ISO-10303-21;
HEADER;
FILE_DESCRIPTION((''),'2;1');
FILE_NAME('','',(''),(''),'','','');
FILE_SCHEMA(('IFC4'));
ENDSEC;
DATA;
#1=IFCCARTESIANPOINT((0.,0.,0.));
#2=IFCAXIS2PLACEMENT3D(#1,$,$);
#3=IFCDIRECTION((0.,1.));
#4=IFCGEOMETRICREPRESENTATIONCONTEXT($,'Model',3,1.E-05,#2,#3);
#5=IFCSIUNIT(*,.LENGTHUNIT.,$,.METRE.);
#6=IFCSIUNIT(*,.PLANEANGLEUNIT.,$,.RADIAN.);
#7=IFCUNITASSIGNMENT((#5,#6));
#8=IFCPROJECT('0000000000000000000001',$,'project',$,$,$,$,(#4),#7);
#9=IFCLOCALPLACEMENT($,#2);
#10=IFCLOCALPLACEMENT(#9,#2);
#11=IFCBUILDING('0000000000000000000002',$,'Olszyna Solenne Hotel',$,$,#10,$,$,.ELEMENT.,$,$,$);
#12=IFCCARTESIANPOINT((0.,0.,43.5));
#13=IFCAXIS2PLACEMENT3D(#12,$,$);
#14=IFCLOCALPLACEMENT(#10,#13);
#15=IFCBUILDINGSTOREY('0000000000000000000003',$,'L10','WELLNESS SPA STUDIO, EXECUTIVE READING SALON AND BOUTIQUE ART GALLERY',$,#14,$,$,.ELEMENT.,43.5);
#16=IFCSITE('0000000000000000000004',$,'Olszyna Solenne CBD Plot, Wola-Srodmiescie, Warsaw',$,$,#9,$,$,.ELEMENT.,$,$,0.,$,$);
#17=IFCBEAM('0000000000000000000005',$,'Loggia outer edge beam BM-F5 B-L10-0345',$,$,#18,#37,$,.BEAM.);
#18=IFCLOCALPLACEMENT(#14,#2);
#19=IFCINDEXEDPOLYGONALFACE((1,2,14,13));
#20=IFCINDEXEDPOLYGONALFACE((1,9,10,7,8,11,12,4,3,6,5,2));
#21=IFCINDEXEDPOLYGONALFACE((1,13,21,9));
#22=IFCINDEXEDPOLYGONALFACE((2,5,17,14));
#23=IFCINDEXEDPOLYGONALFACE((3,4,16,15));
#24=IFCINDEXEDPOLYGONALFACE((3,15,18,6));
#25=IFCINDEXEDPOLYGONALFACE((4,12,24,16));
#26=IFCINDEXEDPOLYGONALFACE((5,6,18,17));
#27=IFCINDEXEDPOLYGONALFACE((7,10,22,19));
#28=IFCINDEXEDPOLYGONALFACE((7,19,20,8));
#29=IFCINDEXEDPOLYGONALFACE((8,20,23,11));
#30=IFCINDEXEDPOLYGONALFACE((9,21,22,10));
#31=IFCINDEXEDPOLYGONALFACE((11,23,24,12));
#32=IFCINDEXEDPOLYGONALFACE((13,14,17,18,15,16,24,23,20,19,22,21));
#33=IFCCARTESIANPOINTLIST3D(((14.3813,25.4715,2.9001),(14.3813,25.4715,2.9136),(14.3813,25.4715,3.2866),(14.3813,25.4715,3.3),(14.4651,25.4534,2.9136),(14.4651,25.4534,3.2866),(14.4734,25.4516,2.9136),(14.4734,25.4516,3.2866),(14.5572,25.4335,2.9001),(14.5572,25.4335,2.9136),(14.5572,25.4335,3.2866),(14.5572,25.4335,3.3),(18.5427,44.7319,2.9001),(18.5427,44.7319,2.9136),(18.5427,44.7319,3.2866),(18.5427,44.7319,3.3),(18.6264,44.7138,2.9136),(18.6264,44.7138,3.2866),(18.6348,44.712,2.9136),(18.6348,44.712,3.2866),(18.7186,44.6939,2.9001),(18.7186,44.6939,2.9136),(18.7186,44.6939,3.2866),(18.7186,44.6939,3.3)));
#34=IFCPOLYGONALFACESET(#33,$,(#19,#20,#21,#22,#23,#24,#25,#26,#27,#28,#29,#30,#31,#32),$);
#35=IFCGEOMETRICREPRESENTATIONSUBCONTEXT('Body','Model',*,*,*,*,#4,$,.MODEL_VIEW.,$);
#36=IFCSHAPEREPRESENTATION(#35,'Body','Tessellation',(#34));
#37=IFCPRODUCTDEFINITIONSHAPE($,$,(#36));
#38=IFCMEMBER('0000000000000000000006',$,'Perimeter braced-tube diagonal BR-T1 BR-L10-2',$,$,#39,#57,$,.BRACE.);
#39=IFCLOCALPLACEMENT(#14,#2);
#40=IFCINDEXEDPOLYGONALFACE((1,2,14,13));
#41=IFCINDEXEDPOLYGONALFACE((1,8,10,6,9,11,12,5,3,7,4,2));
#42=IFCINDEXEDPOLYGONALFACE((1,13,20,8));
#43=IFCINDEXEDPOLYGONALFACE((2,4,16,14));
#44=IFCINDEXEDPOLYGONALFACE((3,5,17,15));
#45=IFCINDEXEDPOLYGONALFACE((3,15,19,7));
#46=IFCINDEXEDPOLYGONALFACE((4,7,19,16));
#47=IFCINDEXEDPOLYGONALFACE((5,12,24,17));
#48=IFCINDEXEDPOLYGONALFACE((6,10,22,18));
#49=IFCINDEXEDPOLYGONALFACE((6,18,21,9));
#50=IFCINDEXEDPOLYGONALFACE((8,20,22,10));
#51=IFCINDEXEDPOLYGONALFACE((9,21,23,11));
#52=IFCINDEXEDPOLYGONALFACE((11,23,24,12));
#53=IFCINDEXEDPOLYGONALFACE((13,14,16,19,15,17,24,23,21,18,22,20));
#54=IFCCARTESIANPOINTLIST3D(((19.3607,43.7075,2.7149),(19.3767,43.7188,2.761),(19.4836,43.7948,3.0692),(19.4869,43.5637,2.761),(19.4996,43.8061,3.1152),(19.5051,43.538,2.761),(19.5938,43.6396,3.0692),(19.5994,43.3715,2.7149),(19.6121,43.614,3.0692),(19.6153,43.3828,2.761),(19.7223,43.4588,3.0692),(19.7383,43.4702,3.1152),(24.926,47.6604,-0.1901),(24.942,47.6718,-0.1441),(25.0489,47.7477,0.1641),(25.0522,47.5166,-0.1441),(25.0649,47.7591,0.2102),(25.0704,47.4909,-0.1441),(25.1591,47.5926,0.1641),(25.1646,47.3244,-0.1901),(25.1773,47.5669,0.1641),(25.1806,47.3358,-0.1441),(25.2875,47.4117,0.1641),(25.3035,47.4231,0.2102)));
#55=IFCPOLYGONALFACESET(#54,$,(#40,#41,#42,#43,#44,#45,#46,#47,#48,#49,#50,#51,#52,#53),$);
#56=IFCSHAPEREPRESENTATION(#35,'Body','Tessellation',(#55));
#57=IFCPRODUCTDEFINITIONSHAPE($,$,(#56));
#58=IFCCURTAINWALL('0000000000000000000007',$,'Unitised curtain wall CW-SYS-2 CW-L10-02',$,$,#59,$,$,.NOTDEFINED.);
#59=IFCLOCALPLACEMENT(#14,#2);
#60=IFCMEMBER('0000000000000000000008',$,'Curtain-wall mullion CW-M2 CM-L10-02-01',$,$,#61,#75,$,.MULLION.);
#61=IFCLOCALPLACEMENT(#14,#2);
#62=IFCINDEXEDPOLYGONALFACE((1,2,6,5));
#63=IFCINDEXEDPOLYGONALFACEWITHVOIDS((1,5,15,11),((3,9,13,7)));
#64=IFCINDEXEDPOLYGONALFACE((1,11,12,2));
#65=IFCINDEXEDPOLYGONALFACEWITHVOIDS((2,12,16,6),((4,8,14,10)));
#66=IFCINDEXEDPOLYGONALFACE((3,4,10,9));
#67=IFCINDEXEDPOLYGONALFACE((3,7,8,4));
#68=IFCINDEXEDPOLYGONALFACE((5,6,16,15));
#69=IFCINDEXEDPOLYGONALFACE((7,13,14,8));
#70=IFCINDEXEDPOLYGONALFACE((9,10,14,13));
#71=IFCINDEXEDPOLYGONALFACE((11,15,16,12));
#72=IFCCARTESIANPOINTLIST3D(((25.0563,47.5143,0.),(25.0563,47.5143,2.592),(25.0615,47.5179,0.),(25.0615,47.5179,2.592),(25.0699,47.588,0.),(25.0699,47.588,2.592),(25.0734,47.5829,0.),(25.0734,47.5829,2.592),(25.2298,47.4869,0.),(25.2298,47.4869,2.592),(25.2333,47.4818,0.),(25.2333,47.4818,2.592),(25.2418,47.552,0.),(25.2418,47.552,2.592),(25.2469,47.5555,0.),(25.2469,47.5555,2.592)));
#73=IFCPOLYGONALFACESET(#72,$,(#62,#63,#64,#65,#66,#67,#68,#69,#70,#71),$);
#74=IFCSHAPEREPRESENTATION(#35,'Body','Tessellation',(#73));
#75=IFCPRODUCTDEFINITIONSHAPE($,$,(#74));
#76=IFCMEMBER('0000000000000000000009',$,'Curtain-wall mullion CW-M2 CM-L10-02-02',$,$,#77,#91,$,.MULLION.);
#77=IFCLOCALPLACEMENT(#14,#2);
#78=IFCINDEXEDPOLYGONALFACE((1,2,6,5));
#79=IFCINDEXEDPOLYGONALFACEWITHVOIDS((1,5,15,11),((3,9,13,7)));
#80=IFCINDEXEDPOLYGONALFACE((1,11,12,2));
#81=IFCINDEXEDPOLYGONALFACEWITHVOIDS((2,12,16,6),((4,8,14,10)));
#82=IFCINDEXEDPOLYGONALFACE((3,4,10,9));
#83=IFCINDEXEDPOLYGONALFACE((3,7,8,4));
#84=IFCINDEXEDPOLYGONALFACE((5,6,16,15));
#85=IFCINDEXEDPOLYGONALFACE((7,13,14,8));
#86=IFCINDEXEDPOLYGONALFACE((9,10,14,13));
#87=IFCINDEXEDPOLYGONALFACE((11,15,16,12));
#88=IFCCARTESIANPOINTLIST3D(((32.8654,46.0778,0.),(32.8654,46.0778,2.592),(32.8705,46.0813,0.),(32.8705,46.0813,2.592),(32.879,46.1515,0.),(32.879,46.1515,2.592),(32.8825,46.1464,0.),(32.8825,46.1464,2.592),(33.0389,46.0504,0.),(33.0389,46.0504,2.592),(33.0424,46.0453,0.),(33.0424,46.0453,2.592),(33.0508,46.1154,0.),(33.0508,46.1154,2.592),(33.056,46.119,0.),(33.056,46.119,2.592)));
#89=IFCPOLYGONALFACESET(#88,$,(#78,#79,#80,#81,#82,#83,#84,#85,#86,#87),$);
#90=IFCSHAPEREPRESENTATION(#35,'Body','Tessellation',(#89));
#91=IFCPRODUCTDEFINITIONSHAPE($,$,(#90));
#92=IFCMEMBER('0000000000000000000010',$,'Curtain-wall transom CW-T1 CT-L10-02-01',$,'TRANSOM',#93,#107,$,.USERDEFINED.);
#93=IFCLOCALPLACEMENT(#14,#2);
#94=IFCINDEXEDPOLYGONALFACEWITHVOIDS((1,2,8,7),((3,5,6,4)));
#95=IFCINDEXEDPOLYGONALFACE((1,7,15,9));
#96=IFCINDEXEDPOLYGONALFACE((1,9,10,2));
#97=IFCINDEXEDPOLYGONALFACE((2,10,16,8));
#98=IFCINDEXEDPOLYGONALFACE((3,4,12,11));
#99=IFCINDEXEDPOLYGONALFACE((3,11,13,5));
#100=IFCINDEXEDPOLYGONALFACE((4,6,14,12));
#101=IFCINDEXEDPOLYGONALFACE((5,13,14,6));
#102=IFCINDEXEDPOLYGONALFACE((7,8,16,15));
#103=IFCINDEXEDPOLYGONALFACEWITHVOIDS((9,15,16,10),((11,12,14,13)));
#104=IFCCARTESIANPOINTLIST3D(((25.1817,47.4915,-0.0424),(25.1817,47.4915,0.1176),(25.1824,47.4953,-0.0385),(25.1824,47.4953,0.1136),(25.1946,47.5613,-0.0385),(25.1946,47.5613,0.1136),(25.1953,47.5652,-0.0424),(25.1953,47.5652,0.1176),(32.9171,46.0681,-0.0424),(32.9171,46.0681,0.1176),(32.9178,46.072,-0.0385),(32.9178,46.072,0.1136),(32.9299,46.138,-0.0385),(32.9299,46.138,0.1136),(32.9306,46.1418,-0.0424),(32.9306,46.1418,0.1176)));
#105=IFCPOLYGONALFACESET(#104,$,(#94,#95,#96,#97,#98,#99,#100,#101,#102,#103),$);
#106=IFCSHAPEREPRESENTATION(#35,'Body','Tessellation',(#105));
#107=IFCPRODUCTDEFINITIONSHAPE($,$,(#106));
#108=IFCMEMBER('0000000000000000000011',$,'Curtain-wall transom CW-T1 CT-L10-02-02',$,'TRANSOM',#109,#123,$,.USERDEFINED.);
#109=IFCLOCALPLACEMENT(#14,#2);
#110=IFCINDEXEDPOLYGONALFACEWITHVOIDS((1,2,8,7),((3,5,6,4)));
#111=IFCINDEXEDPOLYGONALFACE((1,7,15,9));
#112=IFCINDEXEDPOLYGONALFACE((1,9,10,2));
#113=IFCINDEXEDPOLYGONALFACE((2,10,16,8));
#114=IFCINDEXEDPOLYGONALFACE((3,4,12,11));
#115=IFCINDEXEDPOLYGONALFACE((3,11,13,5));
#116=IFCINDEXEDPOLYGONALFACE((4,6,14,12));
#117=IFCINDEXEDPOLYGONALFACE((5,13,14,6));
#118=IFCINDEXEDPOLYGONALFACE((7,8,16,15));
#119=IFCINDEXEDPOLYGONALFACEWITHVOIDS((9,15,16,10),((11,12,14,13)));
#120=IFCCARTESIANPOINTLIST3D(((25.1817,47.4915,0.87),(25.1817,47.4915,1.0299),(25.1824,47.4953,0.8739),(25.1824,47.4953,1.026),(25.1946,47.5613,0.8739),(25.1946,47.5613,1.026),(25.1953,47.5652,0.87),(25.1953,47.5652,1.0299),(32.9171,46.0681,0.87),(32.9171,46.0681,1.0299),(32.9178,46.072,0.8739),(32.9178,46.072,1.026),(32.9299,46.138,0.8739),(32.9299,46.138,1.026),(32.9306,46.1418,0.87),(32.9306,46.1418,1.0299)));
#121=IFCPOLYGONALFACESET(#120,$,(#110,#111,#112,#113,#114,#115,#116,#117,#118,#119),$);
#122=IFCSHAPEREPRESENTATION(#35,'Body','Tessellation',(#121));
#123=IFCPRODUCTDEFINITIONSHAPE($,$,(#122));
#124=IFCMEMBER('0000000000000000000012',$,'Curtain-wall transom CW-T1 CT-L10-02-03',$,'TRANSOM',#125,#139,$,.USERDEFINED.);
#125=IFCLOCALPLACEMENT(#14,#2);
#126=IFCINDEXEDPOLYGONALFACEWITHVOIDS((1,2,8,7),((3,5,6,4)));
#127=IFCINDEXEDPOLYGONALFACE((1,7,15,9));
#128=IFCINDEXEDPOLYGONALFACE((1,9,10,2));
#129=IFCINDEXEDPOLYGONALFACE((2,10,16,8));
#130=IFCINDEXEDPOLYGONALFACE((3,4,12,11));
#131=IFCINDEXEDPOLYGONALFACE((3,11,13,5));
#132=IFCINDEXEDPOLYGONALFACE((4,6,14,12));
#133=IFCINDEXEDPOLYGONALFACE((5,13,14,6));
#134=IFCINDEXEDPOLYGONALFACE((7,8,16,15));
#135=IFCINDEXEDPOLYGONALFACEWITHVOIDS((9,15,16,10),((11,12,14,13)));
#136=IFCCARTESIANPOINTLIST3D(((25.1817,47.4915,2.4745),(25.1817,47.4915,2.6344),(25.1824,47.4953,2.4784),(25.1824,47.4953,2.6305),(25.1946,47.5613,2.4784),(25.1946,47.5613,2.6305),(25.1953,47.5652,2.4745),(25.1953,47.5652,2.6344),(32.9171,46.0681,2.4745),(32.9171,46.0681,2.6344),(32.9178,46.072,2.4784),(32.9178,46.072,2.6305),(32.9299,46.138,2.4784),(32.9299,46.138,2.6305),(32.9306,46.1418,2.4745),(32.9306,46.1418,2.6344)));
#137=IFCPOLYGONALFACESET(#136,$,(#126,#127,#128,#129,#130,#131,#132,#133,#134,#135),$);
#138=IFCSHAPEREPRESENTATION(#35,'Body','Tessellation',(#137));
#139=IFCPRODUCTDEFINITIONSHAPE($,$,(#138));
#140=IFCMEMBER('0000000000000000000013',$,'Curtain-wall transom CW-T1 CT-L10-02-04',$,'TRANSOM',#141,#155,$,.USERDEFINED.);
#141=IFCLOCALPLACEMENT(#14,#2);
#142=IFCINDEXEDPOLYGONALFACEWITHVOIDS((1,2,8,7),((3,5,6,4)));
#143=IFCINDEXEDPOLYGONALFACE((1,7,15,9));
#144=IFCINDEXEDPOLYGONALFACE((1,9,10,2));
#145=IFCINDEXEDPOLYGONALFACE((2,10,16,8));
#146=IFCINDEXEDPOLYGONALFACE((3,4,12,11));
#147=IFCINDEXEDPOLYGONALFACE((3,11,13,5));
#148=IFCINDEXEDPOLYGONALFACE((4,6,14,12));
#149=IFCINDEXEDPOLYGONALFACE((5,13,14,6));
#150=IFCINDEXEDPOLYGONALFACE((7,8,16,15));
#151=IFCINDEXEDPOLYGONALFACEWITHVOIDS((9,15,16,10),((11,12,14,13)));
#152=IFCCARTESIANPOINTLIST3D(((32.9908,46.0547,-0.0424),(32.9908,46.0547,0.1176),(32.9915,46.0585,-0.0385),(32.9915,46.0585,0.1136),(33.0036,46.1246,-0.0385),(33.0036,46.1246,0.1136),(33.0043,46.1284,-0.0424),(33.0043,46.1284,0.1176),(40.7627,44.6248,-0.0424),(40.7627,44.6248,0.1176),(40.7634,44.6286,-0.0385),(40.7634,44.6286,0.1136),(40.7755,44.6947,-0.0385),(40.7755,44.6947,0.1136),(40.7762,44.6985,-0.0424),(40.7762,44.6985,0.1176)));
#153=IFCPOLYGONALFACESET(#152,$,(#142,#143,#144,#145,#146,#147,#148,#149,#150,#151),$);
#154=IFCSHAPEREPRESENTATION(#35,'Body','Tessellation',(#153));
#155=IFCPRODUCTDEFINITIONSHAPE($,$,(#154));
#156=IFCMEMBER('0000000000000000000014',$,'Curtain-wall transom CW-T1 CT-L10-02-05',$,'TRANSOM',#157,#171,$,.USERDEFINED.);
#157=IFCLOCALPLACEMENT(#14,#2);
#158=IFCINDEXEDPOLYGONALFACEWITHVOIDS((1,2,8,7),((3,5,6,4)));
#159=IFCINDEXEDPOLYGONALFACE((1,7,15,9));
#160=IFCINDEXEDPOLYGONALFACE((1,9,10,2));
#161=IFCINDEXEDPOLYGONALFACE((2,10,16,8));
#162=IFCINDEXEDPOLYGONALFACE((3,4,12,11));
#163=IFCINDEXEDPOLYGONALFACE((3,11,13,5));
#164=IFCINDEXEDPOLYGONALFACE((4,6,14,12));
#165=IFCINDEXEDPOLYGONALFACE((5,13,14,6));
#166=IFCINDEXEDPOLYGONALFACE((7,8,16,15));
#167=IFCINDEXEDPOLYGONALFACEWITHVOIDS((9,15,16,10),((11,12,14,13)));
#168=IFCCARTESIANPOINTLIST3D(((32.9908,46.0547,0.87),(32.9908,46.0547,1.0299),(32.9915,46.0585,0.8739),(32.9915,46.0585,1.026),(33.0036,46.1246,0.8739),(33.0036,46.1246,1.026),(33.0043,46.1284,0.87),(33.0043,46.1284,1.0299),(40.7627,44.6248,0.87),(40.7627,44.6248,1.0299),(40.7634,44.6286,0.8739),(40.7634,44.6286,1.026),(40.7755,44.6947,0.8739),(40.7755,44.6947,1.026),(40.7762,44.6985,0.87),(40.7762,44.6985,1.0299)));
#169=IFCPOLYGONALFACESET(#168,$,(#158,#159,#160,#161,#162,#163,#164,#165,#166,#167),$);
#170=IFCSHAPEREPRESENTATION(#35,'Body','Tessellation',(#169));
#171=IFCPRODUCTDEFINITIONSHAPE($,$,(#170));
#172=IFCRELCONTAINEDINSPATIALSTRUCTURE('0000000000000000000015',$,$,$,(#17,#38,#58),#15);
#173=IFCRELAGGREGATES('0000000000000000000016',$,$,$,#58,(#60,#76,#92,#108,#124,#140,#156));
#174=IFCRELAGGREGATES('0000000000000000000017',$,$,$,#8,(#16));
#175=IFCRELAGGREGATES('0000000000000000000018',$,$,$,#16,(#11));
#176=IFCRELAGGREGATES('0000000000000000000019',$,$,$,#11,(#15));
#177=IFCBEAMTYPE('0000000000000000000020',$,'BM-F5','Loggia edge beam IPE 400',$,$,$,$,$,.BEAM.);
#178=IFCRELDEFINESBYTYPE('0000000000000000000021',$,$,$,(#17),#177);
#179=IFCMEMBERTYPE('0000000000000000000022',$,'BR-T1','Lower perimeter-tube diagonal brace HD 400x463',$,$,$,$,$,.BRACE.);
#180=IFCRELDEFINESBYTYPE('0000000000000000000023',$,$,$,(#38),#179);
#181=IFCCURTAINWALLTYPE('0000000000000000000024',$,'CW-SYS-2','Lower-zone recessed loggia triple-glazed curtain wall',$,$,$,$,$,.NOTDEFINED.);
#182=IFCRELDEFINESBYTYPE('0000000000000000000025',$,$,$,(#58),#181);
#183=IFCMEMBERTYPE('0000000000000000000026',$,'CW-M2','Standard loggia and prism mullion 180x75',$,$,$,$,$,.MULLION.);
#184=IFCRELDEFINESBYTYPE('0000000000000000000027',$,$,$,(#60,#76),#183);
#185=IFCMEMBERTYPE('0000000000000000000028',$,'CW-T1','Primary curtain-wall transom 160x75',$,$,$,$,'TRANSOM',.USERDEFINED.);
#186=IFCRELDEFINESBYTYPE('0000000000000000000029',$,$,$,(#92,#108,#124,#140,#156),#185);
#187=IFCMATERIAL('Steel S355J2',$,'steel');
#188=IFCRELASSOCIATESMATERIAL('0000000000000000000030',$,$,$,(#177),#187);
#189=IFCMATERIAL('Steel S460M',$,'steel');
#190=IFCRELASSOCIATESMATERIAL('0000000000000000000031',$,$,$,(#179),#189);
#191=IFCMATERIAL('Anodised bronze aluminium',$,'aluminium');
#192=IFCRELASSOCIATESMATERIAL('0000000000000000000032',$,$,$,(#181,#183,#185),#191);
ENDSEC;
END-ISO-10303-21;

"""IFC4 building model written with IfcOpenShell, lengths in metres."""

from ifc_helpers import new_model, si_unit, direction, frame, origin, origin_2d, place, context, subcontext, project, spatial, hollow_rectangle, i_section, extrude, source, transform, mapped, material, material_profile, profile_set, type_object, element, aggregate, save


model = new_model("IFC4")

# Units and contexts
model_context = context("Model", 3, precision=1e-05, world=origin(), true_north=direction((0.0, 1.0)))
body_context = subcontext(model_context, "Body", "Model", "MODEL_VIEW")
ifc_project = project(units=[si_unit("LENGTHUNIT", "METRE"), si_unit("PLANEANGLEUNIT", "RADIAN")], contexts=[model_context])

# Site, building, storey
site_placement = place(None, origin())
site = spatial("IfcSite", under=ifc_project, at=site_placement, Name="Olszyna Solenne CBD Plot, Wola-Srodmiescie, Warsaw", CompositionType="ELEMENT", RefElevation=0.0)
building_placement = place(site_placement, origin())
building = spatial("IfcBuilding", under=site, at=building_placement, Name="Olszyna Solenne Hotel", CompositionType="ELEMENT")
storey_placement = place(building_placement, frame((0.0, 0.0, 43.5)))
storey = spatial("IfcBuildingStorey", under=building, at=storey_placement, Name="L10", Description="WELLNESS SPA STUDIO, EXECUTIVE READING SALON AND BOUTIQUE ART GALLERY", CompositionType="ELEMENT", Elevation=43.5)

# Shared definitions
ifc_material_1 = material(Name="Steel S460M", Category="steel")

# Beam
ifc_material_2 = material(Name="Steel S355J2", Category="steel")
ifc_material_profile_1 = material_profile(ifc_material_2, i_section(OverallWidth=0.1799, OverallDepth=0.3999, WebThickness=0.0085, FlangeThickness=0.0134, at=origin_2d()), Name="IPE 400", Category="load-bearing")
ifc_profile_set_1 = profile_set([ifc_material_profile_1], Name="Steel S355J2")
beam_type_1 = type_object("IfcBeamType", Name="BM-F5", Description="Loggia edge beam IPE 400", PredefinedType="BEAM", material=ifc_profile_set_1)
shared_shape_1 = source(origin(), body_context, "Body", "SweptSolid", [
    extrude(i_section(OverallWidth=0.1799, OverallDepth=0.3999, WebThickness=0.0085, FlangeThickness=0.0134, at=origin_2d()), origin(), (0.0, 0.0, 1.0), 19.7048),
])
beam_1_placement = place(storey_placement, frame((18.6306, 44.7129, 3.1001), z_axis=(-0.211185, -0.977446, 0.0), x_axis=(0.977446, -0.211185, 0.0)))
element("IfcBeam", 1, at=beam_1_placement, inside=storey, type_object=beam_type_1, Name="Loggia outer edge beam BM-F5 B-L10-0345", PredefinedType="BEAM", context=body_context, shape_type="MappedRepresentation", body=[
    mapped(shared_shape_1, transform((0.0, 0.0, 0.0), x_axis=(1.0, 0.0, 0.0), y_axis=(0.0, 1.0, 0.0), z_axis=(0.0, 0.0, 1.0), scale=1.0)),
])

# Member
ifc_material_profile_2 = material_profile(ifc_material_1, i_section(OverallWidth=0.4121, OverallDepth=0.4351, WebThickness=0.0315, FlangeThickness=0.05, at=origin_2d()), Name="HD 400x463", Category="load-bearing")
ifc_profile_set_2 = profile_set([ifc_material_profile_2], Name="Steel S460M")
member_type_1 = type_object("IfcMemberType", Name="BR-T1", Description="Lower perimeter-tube diagonal brace HD 400x463", PredefinedType="BRACE", material=ifc_profile_set_2)
shared_shape_2 = source(origin(), body_context, "Body", "SweptSolid", [
    extrude(i_section(OverallWidth=0.4121, OverallDepth=0.4351, WebThickness=0.0315, FlangeThickness=0.05, at=origin_2d()), origin(), (0.0, 0.0, 1.0), 7.4187),
])
member_1_placement = place(storey_placement, frame((25.1147, 47.5417, 0.01), z_axis=(-0.750166, -0.532833, 0.391587), x_axis=(0.579078, -0.815272, 0.0)))
element("IfcMember", 2, at=member_1_placement, inside=storey, type_object=member_type_1, Name="Perimeter braced-tube diagonal BR-T1 BR-L10-2", PredefinedType="BRACE", context=body_context, shape_type="MappedRepresentation", body=[
    mapped(shared_shape_2, transform((0.0, 0.0, 0.0), x_axis=(1.0, 0.0, 0.0), y_axis=(0.0, 1.0, 0.0), z_axis=(0.0, 0.0, 1.0), scale=1.0)),
])

# Curtain wall, members
ifc_material_3 = material(Name="Anodised bronze aluminium", Category="aluminium")
curtain_wall_type = type_object("IfcCurtainWallType", Name="CW-SYS-2", Description="Lower-zone recessed loggia triple-glazed curtain wall", PredefinedType="NOTDEFINED", material=ifc_material_3)
curtain_wall_placement = place(storey_placement, origin())
curtain_wall = element("IfcCurtainWall", 3, at=curtain_wall_placement, inside=storey, type_object=curtain_wall_type, Name="Unitised curtain wall CW-SYS-2 CW-L10-02", PredefinedType="NOTDEFINED")
ifc_material_profile_3 = material_profile(ifc_material_3, hollow_rectangle(XDim=0.075, YDim=0.1799, WallThickness=0.0044, at=origin_2d()), Name="MULL 180x75x4.5", Category="load-bearing")
ifc_profile_set_3 = profile_set([ifc_material_profile_3], Name="Anodised bronze aluminium")
member_type_2 = type_object("IfcMemberType", Name="CW-M2", Description="Standard loggia and prism mullion 180x75", PredefinedType="MULLION", material=ifc_profile_set_3)
shared_shape_3 = source(origin(), body_context, "Body", "SweptSolid", [
    extrude(hollow_rectangle(XDim=0.075, YDim=0.1799, WallThickness=0.0044, at=origin_2d()), origin(), (0.0, 0.0, 1.0), 2.592),
])
member_2_placement = place(storey_placement, frame((25.1516, 47.5349, 0.0), z_axis=(0.0, 0.0, 1.0), x_axis=(0.180946, 0.983493, 0.0)))
member_2 = element("IfcMember", 4, at=member_2_placement, type_object=member_type_2, Name="Curtain-wall mullion CW-M2 CM-L10-02-01", PredefinedType="MULLION", context=body_context, shape_type="MappedRepresentation", body=[
    mapped(shared_shape_3, transform((0.0, 0.0, 0.0), x_axis=(1.0, 0.0, 0.0), y_axis=(0.0, 1.0, 0.0), z_axis=(0.0, 0.0, 1.0), scale=1.0)),
])
member_3_placement = place(storey_placement, frame((32.9607, 46.0984, 0.0), z_axis=(0.0, 0.0, 1.0), x_axis=(0.180946, 0.983493, 0.0)))
member_3 = element("IfcMember", 5, at=member_3_placement, type_object=member_type_2, Name="Curtain-wall mullion CW-M2 CM-L10-02-02", PredefinedType="MULLION", context=body_context, shape_type="MappedRepresentation", body=[
    mapped(shared_shape_3, transform((0.0, 0.0, 0.0), x_axis=(1.0, 0.0, 0.0), y_axis=(0.0, 1.0, 0.0), z_axis=(0.0, 0.0, 1.0), scale=1.0)),
])
ifc_material_profile_4 = material_profile(ifc_material_3, hollow_rectangle(XDim=0.075, YDim=0.1599, WallThickness=0.0039, at=origin_2d()), Name="TRAN 160x75x4", Category="load-bearing")
ifc_profile_set_4 = profile_set([ifc_material_profile_4], Name="Anodised bronze aluminium")
member_type_3 = type_object("IfcMemberType", Name="CW-T1", Description="Primary curtain-wall transom 160x75", ElementType="TRANSOM", PredefinedType="USERDEFINED", material=ifc_profile_set_4)
shared_shape_4 = source(origin(), body_context, "Body", "SweptSolid", [
    extrude(hollow_rectangle(XDim=0.075, YDim=0.1599, WallThickness=0.0039, at=origin_2d()), origin(), (0.0, 0.0, 1.0), 7.8652),
])
member_4_placement = place(storey_placement, frame((25.1885, 47.5283, 0.0376), z_axis=(0.983489, -0.180966, 0.0), x_axis=(0.180966, 0.983489, 0.0)))
member_4 = element("IfcMember", 6, at=member_4_placement, type_object=member_type_3, Name="Curtain-wall transom CW-T1 CT-L10-02-01", ObjectType="TRANSOM", PredefinedType="USERDEFINED", context=body_context, shape_type="MappedRepresentation", body=[
    mapped(shared_shape_4, transform((0.0, 0.0, 0.0), x_axis=(1.0, 0.0, 0.0), y_axis=(0.0, 1.0, 0.0), z_axis=(0.0, 0.0, 1.0), scale=1.0)),
])
member_5_placement = place(storey_placement, frame((25.1885, 47.5283, 0.95), z_axis=(0.983489, -0.180966, 0.0), x_axis=(0.180966, 0.983489, 0.0)))
member_5 = element("IfcMember", 7, at=member_5_placement, type_object=member_type_3, Name="Curtain-wall transom CW-T1 CT-L10-02-02", ObjectType="TRANSOM", PredefinedType="USERDEFINED", context=body_context, shape_type="MappedRepresentation", body=[
    mapped(shared_shape_4, transform((0.0, 0.0, 0.0), x_axis=(1.0, 0.0, 0.0), y_axis=(0.0, 1.0, 0.0), z_axis=(0.0, 0.0, 1.0), scale=1.0)),
])
member_6_placement = place(storey_placement, frame((25.1885, 47.5283, 2.5544), z_axis=(0.983489, -0.180966, 0.0), x_axis=(0.180966, 0.983489, 0.0)))
member_6 = element("IfcMember", 8, at=member_6_placement, type_object=member_type_3, Name="Curtain-wall transom CW-T1 CT-L10-02-03", ObjectType="TRANSOM", PredefinedType="USERDEFINED", context=body_context, shape_type="MappedRepresentation", body=[
    mapped(shared_shape_4, transform((0.0, 0.0, 0.0), x_axis=(1.0, 0.0, 0.0), y_axis=(0.0, 1.0, 0.0), z_axis=(0.0, 0.0, 1.0), scale=1.0)),
])
shared_shape_5 = source(origin(), body_context, "Body", "SweptSolid", [
    extrude(hollow_rectangle(XDim=0.075, YDim=0.1599, WallThickness=0.0039, at=origin_2d()), origin(), (0.0, 0.0, 1.0), 7.9023),
])
member_7_placement = place(storey_placement, frame((32.9976, 46.0916, 0.0376), z_axis=(0.983493, -0.180949, 0.0), x_axis=(0.180949, 0.983493, 0.0)))
member_7 = element("IfcMember", 9, at=member_7_placement, type_object=member_type_3, Name="Curtain-wall transom CW-T1 CT-L10-02-04", ObjectType="TRANSOM", PredefinedType="USERDEFINED", context=body_context, shape_type="MappedRepresentation", body=[
    mapped(shared_shape_5, transform((0.0, 0.0, 0.0), x_axis=(1.0, 0.0, 0.0), y_axis=(0.0, 1.0, 0.0), z_axis=(0.0, 0.0, 1.0), scale=1.0)),
])
member_8_placement = place(storey_placement, frame((32.9976, 46.0916, 0.95), z_axis=(0.983493, -0.180949, 0.0), x_axis=(0.180949, 0.983493, 0.0)))
member_8 = element("IfcMember", 10, at=member_8_placement, type_object=member_type_3, Name="Curtain-wall transom CW-T1 CT-L10-02-05", ObjectType="TRANSOM", PredefinedType="USERDEFINED", context=body_context, shape_type="MappedRepresentation", body=[
    mapped(shared_shape_5, transform((0.0, 0.0, 0.0), x_axis=(1.0, 0.0, 0.0), y_axis=(0.0, 1.0, 0.0), z_axis=(0.0, 0.0, 1.0), scale=1.0)),
])

aggregate(curtain_wall, [member_2, member_3, member_4, member_5, member_6, member_7, member_8])

save(model, "model.ifc")
